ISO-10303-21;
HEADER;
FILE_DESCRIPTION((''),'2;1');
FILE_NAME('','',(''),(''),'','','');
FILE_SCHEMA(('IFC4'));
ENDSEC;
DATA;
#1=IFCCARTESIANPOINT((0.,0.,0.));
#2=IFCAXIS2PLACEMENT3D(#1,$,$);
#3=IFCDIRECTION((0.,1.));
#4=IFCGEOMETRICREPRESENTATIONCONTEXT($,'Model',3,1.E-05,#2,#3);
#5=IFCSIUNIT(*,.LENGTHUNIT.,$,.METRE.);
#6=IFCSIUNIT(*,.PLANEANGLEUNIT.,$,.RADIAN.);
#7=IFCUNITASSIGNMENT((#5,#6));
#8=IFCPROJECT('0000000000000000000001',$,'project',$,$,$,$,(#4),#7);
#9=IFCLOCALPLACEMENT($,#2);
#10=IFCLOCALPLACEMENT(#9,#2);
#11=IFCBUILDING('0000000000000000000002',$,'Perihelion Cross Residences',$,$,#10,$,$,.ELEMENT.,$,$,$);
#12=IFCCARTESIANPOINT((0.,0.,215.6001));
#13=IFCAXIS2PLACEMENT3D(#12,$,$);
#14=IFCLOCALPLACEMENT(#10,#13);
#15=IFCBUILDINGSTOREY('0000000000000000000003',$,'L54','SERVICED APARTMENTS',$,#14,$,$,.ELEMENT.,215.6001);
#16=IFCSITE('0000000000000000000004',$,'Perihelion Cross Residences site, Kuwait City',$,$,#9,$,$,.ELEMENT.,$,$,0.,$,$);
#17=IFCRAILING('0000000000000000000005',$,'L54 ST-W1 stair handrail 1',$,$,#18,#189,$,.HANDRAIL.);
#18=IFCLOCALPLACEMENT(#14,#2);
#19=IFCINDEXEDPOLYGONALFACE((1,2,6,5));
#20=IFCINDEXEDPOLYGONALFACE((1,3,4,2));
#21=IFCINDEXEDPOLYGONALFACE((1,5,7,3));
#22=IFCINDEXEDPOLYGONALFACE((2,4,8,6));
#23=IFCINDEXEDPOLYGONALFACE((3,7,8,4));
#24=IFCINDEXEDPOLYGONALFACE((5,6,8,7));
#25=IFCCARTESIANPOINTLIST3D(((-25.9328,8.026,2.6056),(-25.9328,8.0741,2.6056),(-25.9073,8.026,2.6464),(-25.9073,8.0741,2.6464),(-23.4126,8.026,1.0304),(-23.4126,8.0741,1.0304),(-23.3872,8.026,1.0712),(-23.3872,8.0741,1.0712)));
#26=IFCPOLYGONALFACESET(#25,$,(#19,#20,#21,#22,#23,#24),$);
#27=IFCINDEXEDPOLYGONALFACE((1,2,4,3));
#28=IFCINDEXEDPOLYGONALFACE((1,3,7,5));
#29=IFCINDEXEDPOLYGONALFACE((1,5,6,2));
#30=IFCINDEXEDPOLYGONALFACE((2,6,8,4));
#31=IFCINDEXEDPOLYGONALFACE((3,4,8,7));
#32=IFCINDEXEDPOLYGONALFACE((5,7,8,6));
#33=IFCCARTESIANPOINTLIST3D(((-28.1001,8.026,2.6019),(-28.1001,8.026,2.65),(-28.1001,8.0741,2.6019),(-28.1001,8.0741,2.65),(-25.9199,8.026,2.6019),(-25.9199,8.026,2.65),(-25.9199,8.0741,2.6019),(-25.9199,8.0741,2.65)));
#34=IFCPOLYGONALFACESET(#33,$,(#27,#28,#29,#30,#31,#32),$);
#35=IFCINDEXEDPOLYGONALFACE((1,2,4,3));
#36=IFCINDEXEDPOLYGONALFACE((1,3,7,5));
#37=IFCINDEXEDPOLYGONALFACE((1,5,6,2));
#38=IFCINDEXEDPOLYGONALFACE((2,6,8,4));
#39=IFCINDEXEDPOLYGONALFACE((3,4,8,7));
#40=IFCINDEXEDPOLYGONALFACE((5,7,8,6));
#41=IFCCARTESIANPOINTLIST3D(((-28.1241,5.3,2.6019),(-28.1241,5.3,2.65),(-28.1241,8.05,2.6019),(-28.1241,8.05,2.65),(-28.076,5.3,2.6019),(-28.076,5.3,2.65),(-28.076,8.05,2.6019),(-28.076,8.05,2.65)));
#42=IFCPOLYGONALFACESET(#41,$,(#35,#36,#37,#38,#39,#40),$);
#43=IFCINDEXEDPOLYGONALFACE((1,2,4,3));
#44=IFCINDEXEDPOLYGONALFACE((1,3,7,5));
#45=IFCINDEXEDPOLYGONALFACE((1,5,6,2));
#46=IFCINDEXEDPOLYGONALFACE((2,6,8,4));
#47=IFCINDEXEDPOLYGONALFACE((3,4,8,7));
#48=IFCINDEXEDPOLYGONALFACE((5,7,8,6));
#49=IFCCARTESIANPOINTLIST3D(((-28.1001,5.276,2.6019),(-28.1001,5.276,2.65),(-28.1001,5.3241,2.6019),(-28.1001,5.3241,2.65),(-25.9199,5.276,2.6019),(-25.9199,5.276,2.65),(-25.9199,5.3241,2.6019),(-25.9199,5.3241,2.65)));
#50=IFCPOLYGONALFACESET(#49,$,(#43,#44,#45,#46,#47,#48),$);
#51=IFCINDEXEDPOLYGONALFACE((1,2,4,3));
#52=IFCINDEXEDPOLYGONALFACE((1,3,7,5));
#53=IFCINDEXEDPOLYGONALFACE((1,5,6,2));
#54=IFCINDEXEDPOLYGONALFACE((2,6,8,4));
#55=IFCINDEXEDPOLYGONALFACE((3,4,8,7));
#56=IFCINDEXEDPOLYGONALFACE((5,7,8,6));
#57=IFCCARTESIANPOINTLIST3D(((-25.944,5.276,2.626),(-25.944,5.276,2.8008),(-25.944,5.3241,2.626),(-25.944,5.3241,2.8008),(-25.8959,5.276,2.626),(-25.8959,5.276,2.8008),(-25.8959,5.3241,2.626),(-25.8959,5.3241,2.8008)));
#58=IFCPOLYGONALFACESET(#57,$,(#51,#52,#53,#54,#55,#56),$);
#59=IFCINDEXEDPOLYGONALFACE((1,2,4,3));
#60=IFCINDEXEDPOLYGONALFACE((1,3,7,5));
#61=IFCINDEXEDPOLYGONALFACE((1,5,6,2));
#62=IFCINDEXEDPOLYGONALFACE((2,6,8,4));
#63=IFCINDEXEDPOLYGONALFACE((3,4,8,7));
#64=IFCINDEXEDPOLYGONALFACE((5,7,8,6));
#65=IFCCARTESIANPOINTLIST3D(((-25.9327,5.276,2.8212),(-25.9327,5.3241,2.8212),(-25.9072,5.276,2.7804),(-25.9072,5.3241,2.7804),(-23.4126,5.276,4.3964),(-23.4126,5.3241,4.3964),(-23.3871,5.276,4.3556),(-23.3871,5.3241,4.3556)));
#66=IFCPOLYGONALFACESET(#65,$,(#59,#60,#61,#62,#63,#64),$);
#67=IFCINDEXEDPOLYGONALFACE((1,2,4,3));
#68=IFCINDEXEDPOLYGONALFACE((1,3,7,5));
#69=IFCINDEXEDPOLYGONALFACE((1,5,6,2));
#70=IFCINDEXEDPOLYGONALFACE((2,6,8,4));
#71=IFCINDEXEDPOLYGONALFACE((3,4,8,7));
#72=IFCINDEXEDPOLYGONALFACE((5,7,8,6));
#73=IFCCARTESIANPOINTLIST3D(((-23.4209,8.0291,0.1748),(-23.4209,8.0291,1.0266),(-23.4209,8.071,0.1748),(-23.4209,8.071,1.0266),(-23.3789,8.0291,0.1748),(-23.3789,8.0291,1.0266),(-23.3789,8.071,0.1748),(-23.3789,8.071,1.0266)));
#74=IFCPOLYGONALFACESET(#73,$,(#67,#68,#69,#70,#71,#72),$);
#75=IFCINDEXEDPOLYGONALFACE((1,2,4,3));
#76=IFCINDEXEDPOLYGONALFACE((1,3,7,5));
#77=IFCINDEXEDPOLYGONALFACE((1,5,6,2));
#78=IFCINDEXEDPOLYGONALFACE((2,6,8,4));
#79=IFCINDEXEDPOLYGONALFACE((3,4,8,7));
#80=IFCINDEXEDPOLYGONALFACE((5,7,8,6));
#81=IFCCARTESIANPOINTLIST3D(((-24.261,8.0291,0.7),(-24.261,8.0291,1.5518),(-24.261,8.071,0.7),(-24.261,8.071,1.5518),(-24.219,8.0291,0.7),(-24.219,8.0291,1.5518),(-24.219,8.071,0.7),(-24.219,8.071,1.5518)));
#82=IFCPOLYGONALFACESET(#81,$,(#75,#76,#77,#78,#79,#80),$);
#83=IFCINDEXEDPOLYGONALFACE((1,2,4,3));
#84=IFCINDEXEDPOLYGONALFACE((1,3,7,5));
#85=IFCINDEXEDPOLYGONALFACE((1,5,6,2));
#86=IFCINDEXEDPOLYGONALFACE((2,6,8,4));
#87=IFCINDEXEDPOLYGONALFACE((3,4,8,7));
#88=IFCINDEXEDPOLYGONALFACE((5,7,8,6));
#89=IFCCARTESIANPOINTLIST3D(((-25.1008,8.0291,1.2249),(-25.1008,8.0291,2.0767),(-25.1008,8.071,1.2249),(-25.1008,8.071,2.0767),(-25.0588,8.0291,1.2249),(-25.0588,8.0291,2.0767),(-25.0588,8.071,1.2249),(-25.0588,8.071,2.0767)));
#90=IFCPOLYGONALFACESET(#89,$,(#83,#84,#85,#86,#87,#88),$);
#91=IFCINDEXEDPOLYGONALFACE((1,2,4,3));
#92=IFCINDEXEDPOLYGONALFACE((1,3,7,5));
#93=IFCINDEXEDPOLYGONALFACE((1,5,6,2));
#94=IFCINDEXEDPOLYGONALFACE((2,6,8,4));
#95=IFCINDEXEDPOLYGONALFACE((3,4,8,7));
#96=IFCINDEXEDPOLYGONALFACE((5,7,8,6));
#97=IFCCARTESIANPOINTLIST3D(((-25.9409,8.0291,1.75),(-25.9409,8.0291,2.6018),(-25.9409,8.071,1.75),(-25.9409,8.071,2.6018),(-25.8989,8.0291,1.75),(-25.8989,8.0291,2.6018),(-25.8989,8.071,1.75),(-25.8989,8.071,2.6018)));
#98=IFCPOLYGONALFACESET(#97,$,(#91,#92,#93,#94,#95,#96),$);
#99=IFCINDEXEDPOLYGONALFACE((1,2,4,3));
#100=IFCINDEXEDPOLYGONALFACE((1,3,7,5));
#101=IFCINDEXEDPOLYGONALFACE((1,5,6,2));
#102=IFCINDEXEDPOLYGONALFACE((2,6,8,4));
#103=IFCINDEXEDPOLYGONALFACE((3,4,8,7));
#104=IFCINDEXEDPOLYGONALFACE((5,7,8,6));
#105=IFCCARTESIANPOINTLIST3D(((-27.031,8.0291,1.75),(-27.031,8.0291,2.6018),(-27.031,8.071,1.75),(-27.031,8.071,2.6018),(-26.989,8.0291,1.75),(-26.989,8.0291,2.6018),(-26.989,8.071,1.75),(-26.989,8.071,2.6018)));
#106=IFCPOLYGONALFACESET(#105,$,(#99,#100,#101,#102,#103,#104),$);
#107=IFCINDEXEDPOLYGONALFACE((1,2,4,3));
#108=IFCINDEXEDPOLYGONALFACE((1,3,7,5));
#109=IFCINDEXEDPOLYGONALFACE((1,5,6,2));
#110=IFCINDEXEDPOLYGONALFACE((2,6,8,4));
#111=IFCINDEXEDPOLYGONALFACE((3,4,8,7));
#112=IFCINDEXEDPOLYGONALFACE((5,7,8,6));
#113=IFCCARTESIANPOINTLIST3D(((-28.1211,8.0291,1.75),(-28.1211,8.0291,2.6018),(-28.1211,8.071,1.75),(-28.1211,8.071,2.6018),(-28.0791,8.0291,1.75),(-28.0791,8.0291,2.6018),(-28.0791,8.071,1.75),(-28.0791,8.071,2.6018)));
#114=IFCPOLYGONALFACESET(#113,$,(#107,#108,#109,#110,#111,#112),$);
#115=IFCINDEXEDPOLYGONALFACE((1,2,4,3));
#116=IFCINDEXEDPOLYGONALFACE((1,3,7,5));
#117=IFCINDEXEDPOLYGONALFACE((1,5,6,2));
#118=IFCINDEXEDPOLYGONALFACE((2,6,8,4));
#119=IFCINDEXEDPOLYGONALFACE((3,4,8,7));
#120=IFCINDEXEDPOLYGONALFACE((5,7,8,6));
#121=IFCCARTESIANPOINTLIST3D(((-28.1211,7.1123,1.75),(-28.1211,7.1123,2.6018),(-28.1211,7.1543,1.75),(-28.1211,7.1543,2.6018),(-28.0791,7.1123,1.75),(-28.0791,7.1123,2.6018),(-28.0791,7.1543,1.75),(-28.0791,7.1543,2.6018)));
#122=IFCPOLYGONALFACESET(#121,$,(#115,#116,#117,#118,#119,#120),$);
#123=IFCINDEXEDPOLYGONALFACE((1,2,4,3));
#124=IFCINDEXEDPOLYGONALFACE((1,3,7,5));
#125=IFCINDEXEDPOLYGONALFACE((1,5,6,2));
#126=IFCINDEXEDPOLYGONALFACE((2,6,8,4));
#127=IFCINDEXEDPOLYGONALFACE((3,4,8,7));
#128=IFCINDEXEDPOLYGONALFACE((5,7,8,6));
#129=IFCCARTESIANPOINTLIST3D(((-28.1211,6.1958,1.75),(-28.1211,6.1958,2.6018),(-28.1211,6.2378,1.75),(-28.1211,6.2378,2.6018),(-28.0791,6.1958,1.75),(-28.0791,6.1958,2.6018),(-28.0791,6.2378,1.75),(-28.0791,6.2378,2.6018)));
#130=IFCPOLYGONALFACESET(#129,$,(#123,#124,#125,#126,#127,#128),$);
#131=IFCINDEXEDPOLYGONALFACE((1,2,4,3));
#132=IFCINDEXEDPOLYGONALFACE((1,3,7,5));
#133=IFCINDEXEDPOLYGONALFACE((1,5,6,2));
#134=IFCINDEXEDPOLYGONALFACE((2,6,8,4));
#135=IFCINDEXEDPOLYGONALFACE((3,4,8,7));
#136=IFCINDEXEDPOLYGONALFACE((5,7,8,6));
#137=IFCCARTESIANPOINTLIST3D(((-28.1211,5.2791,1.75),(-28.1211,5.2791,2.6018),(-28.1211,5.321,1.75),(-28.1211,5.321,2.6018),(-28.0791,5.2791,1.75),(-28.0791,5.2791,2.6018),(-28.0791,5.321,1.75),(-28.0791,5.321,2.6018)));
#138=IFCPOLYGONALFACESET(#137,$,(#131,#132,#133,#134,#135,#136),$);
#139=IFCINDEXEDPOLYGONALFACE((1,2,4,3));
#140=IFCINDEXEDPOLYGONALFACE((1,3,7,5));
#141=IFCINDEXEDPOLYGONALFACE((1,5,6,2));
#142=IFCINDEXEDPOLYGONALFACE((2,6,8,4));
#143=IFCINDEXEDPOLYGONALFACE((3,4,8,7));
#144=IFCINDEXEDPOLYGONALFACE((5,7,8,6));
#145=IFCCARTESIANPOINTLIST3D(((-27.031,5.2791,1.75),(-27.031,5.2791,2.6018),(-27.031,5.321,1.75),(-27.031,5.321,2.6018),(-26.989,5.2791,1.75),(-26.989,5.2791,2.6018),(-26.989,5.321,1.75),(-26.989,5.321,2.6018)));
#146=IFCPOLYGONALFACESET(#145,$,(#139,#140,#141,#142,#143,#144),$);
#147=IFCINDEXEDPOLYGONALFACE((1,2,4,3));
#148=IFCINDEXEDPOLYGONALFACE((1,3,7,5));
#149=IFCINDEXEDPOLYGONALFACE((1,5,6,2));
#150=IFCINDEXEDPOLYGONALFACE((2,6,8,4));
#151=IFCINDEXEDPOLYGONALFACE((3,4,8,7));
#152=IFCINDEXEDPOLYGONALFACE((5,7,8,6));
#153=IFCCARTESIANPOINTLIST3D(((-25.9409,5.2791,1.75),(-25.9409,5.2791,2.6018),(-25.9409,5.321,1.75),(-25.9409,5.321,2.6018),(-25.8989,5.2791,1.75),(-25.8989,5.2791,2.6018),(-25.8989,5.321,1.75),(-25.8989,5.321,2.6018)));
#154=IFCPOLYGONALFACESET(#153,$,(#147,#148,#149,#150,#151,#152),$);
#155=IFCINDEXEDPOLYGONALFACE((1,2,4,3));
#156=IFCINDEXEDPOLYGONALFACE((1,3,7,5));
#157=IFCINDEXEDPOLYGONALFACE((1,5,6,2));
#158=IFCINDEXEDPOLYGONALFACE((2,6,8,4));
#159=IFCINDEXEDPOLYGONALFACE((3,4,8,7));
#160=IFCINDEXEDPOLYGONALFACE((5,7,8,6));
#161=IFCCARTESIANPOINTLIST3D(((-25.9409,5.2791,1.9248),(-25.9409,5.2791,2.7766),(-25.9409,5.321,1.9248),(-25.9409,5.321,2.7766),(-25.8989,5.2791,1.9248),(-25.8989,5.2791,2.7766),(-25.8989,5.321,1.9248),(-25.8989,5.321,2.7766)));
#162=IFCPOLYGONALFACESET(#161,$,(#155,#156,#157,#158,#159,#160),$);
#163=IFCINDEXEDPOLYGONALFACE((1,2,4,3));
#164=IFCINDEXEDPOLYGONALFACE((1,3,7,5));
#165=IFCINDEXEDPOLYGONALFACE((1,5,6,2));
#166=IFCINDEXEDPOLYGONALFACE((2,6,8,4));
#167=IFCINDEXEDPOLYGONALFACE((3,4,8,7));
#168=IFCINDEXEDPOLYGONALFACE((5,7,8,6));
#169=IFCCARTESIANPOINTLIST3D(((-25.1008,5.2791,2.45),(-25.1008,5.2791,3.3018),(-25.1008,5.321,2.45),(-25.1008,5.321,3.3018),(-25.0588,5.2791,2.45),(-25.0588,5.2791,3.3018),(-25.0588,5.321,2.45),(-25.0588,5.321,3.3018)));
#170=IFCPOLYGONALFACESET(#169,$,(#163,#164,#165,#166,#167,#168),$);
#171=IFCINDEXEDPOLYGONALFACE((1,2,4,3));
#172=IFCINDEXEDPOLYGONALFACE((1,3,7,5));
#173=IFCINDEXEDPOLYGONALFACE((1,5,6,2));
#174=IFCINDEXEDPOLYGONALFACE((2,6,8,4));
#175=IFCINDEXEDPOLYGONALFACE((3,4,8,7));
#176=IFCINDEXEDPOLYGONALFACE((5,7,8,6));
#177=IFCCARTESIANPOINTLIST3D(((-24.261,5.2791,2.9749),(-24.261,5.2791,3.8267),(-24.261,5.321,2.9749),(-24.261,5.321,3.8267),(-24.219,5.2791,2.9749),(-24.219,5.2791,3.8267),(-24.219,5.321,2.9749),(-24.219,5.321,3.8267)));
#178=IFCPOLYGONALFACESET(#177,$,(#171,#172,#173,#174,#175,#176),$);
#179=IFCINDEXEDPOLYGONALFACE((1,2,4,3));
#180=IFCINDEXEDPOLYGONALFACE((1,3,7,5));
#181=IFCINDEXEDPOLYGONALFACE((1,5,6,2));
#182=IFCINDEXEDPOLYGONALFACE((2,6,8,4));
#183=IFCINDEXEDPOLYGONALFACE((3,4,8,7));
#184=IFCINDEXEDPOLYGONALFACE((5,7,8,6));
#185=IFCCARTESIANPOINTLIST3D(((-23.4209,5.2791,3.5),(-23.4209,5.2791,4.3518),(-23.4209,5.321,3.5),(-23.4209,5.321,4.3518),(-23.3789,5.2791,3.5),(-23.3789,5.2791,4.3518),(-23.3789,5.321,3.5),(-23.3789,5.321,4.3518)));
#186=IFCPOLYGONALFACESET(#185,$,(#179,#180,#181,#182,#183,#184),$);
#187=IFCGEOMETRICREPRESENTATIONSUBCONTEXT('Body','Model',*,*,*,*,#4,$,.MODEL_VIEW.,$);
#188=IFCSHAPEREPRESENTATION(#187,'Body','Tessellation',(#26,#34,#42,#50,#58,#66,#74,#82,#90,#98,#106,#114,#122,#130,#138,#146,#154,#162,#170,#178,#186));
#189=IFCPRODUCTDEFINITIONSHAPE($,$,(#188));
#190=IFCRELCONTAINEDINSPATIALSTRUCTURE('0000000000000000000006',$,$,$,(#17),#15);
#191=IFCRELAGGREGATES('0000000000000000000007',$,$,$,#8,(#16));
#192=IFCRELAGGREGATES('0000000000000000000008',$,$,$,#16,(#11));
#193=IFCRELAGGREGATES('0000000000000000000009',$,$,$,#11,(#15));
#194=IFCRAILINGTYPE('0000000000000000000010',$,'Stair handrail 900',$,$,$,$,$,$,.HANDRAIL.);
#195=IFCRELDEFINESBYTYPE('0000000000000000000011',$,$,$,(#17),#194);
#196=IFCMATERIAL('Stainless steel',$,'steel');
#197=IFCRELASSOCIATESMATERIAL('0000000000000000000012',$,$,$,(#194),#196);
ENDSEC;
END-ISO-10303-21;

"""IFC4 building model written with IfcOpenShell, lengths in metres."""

from ifc_helpers import new_model, si_unit, direction, frame, origin, origin_2d, place, context, subcontext, project, spatial, rectangle, extrude, material, type_object, element, save


model = new_model("IFC4")

# Units and contexts
model_context = context("Model", 3, precision=1e-05, world=origin(), true_north=direction((0.0, 1.0)))
body_context = subcontext(model_context, "Body", "Model", "MODEL_VIEW")
ifc_project = project(units=[si_unit("LENGTHUNIT", "METRE"), si_unit("PLANEANGLEUNIT", "RADIAN")], contexts=[model_context])

# Site, building, storey
site_placement = place(None, origin())
site = spatial("IfcSite", under=ifc_project, at=site_placement, Name="Perihelion Cross Residences site, Kuwait City", CompositionType="ELEMENT", RefElevation=0.0)
building_placement = place(site_placement, origin())
building = spatial("IfcBuilding", under=site, at=building_placement, Name="Perihelion Cross Residences", CompositionType="ELEMENT")
storey_placement = place(building_placement, frame((0.0, 0.0, 215.6001)))
storey = spatial("IfcBuildingStorey", under=building, at=storey_placement, Name="L54", Description="SERVICED APARTMENTS", CompositionType="ELEMENT", Elevation=215.6001)

# Railing
ifc_material_1 = material(Name="Stainless steel", Category="steel")
railing_type_1 = type_object("IfcRailingType", Name="Stair handrail 900", PredefinedType="HANDRAIL", material=ifc_material_1)
railing_1_placement = place(storey_placement, frame((-23.3999, 8.05, 0.1748)))
element("IfcRailing", 1, at=railing_1_placement, inside=storey, type_object=railing_type_1, Name="L54 ST-W1 stair handrail 1", PredefinedType="HANDRAIL", context=body_context, shape_type="SweptSolid", body=[
    extrude(rectangle(XDim=0.0481, YDim=0.0481, at=origin_2d()), frame((0.0, 0.0, 0.876), z_axis=(-0.847971, 0.0, 0.530043), x_axis=(0.0, -1.0, 0.0)), (0.0, 0.0, 1.0), 2.9719),
    extrude(rectangle(XDim=0.0481, YDim=0.0481, at=origin_2d()), frame((-2.52, 0.0, 2.4512), z_axis=(-1.0, 0.0, 0.0), x_axis=(0.0, -1.0, 0.0)), (0.0, 0.0, 1.0), 2.1802),
    extrude(rectangle(XDim=0.0481, YDim=0.0481, at=origin_2d()), frame((-4.7002, 0.0, 2.4512), z_axis=(0.0, -1.0, 0.0), x_axis=(1.0, 0.0, 0.0)), (0.0, 0.0, 1.0), 2.75),
    extrude(rectangle(XDim=0.0481, YDim=0.0481, at=origin_2d()), frame((-4.7002, -2.75, 2.4512), z_axis=(1.0, 0.0, 0.0), x_axis=(0.0, 1.0, 0.0)), (0.0, 0.0, 1.0), 2.1802),
    extrude(rectangle(XDim=0.0481, YDim=0.0481, at=origin_2d()), frame((-2.52, -2.75, 2.4512), z_axis=(0.0, 0.0, 1.0), x_axis=(1.0, 0.0, 0.0)), (0.0, 0.0, 1.0), 0.1748),
    extrude(rectangle(XDim=0.0481, YDim=0.0481, at=origin_2d()), frame((-2.52, -2.75, 2.626), z_axis=(0.847971, 0.0, 0.530043), x_axis=(0.0, 1.0, 0.0)), (0.0, 0.0, 1.0), 2.9719),
    extrude(rectangle(XDim=0.042, YDim=0.042, at=origin_2d()), origin(), (0.0, 0.0, 1.0), 0.8518),
    extrude(rectangle(XDim=0.042, YDim=0.042, at=origin_2d()), frame((-0.8401, 0.0, 0.5251)), (0.0, 0.0, 1.0), 0.8518),
    extrude(rectangle(XDim=0.042, YDim=0.042, at=origin_2d()), frame((-1.6799, 0.0, 1.05)), (0.0, 0.0, 1.0), 0.8518),
    extrude(rectangle(XDim=0.042, YDim=0.042, at=origin_2d()), frame((-2.52, 0.0, 1.5752)), (0.0, 0.0, 1.0), 0.8518),
    extrude(rectangle(XDim=0.042, YDim=0.042, at=origin_2d()), frame((-3.6101, 0.0, 1.5752)), (0.0, 0.0, 1.0), 0.8518),
    extrude(rectangle(XDim=0.042, YDim=0.042, at=origin_2d()), frame((-4.7002, 0.0, 1.5752)), (0.0, 0.0, 1.0), 0.8518),
    extrude(rectangle(XDim=0.042, YDim=0.042, at=origin_2d()), frame((-4.7002, -0.9167, 1.5752)), (0.0, 0.0, 1.0), 0.8518),
    extrude(rectangle(XDim=0.042, YDim=0.042, at=origin_2d()), frame((-4.7002, -1.8333, 1.5752)), (0.0, 0.0, 1.0), 0.8518),
    extrude(rectangle(XDim=0.042, YDim=0.042, at=origin_2d()), frame((-4.7002, -2.75, 1.5752)), (0.0, 0.0, 1.0), 0.8518),
    extrude(rectangle(XDim=0.042, YDim=0.042, at=origin_2d()), frame((-3.6101, -2.75, 1.5752)), (0.0, 0.0, 1.0), 0.8518),
    extrude(rectangle(XDim=0.042, YDim=0.042, at=origin_2d()), frame((-2.52, -2.75, 1.5752)), (0.0, 0.0, 1.0), 0.8518),
    extrude(rectangle(XDim=0.042, YDim=0.042, at=origin_2d()), frame((-2.52, -2.75, 1.75)), (0.0, 0.0, 1.0), 0.8518),
    extrude(rectangle(XDim=0.042, YDim=0.042, at=origin_2d()), frame((-1.6799, -2.75, 2.2751)), (0.0, 0.0, 1.0), 0.8518),
    extrude(rectangle(XDim=0.042, YDim=0.042, at=origin_2d()), frame((-0.8401, -2.75, 2.8)), (0.0, 0.0, 1.0), 0.8518),
    extrude(rectangle(XDim=0.042, YDim=0.042, at=origin_2d()), frame((0.0, -2.75, 3.3252)), (0.0, 0.0, 1.0), 0.8518),
])

save(model, "model.ifc")
